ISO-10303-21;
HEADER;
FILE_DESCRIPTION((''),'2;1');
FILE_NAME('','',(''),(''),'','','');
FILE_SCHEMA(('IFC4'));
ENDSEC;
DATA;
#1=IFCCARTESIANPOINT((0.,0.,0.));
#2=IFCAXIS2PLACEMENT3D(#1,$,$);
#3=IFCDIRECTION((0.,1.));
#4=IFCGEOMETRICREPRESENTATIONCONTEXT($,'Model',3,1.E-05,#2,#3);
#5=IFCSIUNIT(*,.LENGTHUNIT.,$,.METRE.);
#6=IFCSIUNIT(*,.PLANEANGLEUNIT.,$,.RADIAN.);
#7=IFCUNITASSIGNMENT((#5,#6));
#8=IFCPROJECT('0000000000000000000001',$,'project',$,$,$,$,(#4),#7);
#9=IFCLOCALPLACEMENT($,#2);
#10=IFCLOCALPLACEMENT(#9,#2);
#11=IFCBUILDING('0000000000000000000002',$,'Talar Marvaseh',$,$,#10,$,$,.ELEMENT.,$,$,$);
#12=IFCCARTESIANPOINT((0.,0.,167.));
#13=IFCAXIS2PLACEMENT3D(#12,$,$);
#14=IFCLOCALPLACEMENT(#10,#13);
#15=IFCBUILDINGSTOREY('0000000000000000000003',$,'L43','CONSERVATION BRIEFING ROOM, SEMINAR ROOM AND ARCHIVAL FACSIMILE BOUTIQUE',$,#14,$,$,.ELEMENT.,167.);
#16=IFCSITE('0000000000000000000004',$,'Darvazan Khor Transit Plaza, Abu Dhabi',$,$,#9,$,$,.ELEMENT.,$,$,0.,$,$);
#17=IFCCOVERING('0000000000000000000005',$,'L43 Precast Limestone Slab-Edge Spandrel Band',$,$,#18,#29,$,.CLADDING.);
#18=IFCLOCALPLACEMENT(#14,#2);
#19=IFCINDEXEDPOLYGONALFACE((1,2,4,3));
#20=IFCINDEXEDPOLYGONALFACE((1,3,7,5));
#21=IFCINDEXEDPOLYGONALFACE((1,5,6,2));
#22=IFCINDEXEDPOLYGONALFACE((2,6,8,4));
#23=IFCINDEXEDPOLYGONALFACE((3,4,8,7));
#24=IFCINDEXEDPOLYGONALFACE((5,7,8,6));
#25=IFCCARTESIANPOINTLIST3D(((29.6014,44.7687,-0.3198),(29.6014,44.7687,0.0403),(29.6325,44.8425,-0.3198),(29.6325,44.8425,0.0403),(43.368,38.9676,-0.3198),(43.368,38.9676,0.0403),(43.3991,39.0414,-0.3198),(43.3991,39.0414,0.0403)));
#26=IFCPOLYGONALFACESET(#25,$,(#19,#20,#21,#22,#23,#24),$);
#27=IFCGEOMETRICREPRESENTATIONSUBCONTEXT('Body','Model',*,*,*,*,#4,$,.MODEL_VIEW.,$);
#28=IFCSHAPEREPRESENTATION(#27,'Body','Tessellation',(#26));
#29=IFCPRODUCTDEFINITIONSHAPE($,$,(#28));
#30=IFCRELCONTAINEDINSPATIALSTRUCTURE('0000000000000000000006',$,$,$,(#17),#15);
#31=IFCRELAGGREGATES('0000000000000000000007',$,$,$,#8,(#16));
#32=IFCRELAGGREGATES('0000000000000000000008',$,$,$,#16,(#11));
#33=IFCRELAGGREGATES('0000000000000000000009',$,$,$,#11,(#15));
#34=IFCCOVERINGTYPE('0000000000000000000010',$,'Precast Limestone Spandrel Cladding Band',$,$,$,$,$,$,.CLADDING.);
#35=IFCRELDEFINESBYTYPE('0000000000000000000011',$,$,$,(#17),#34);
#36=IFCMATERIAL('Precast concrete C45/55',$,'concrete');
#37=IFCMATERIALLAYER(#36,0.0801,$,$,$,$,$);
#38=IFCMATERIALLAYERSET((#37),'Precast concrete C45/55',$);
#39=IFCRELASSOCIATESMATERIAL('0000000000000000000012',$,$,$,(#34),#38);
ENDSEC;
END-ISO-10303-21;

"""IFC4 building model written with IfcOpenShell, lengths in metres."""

from ifc_helpers import new_model, si_unit, direction, frame, origin, origin_2d, place, context, subcontext, project, spatial, rectangle, extrude, source, transform, mapped, material, layer, layer_set, type_object, type_shapes, element, save


model = new_model("IFC4")

# Units and contexts
model_context = context("Model", 3, precision=1e-05, world=origin(), true_north=direction((0.0, 1.0)))
body_context = subcontext(model_context, "Body", "Model", "MODEL_VIEW")
ifc_project = project(units=[si_unit("LENGTHUNIT", "METRE"), si_unit("PLANEANGLEUNIT", "RADIAN")], contexts=[model_context])

# Site, building, storey
site_placement = place(None, origin())
site = spatial("IfcSite", under=ifc_project, at=site_placement, Name="Darvazan Khor Transit Plaza, Abu Dhabi", CompositionType="ELEMENT", RefElevation=0.0)
building_placement = place(site_placement, origin())
building = spatial("IfcBuilding", under=site, at=building_placement, Name="Talar Marvaseh", CompositionType="ELEMENT")
storey_placement = place(building_placement, frame((0.0, 0.0, 167.0)))
storey = spatial("IfcBuildingStorey", under=building, at=storey_placement, Name="L43", Description="CONSERVATION BRIEFING ROOM, SEMINAR ROOM AND ARCHIVAL FACSIMILE BOUTIQUE", CompositionType="ELEMENT", Elevation=167.0)

# Shared definitions
ifc_material_1 = material(Name="Precast concrete C45/55", Category="concrete")

# Covering
ifc_layer_1 = layer(ifc_material_1, 0.0801)
ifc_layer_set_1 = layer_set([ifc_layer_1], Name="Precast concrete C45/55")
covering_type = type_object("IfcCoveringType", Name="Precast Limestone Spandrel Cladding Band", PredefinedType="CLADDING", material=ifc_layer_set_1)
shared_shape_1 = source(origin(), body_context, "Body", "SweptSolid", [
    extrude(rectangle(XDim=14.939, YDim=0.0801, at=origin_2d()), origin(), (0.0, 0.0, 1.0), 0.3601),
])
type_shapes(covering_type, [shared_shape_1])
covering_placement = place(storey_placement, frame((36.5002, 41.905, -0.3198), z_axis=(0.0, 0.0, 1.0), x_axis=(0.921525, -0.38832, 0.0)))
element("IfcCovering", 1, at=covering_placement, inside=storey, type_object=covering_type, Name="L43 Precast Limestone Slab-Edge Spandrel Band", PredefinedType="CLADDING", context=body_context, shape_type="MappedRepresentation", body=[
    mapped(shared_shape_1, transform((0.0, 0.0, 0.0), x_axis=(1.0, 0.0, 0.0), y_axis=(0.0, 1.0, 0.0), z_axis=(0.0, 0.0, 1.0), scale=1.0)),
])

save(model, "model.ifc")
